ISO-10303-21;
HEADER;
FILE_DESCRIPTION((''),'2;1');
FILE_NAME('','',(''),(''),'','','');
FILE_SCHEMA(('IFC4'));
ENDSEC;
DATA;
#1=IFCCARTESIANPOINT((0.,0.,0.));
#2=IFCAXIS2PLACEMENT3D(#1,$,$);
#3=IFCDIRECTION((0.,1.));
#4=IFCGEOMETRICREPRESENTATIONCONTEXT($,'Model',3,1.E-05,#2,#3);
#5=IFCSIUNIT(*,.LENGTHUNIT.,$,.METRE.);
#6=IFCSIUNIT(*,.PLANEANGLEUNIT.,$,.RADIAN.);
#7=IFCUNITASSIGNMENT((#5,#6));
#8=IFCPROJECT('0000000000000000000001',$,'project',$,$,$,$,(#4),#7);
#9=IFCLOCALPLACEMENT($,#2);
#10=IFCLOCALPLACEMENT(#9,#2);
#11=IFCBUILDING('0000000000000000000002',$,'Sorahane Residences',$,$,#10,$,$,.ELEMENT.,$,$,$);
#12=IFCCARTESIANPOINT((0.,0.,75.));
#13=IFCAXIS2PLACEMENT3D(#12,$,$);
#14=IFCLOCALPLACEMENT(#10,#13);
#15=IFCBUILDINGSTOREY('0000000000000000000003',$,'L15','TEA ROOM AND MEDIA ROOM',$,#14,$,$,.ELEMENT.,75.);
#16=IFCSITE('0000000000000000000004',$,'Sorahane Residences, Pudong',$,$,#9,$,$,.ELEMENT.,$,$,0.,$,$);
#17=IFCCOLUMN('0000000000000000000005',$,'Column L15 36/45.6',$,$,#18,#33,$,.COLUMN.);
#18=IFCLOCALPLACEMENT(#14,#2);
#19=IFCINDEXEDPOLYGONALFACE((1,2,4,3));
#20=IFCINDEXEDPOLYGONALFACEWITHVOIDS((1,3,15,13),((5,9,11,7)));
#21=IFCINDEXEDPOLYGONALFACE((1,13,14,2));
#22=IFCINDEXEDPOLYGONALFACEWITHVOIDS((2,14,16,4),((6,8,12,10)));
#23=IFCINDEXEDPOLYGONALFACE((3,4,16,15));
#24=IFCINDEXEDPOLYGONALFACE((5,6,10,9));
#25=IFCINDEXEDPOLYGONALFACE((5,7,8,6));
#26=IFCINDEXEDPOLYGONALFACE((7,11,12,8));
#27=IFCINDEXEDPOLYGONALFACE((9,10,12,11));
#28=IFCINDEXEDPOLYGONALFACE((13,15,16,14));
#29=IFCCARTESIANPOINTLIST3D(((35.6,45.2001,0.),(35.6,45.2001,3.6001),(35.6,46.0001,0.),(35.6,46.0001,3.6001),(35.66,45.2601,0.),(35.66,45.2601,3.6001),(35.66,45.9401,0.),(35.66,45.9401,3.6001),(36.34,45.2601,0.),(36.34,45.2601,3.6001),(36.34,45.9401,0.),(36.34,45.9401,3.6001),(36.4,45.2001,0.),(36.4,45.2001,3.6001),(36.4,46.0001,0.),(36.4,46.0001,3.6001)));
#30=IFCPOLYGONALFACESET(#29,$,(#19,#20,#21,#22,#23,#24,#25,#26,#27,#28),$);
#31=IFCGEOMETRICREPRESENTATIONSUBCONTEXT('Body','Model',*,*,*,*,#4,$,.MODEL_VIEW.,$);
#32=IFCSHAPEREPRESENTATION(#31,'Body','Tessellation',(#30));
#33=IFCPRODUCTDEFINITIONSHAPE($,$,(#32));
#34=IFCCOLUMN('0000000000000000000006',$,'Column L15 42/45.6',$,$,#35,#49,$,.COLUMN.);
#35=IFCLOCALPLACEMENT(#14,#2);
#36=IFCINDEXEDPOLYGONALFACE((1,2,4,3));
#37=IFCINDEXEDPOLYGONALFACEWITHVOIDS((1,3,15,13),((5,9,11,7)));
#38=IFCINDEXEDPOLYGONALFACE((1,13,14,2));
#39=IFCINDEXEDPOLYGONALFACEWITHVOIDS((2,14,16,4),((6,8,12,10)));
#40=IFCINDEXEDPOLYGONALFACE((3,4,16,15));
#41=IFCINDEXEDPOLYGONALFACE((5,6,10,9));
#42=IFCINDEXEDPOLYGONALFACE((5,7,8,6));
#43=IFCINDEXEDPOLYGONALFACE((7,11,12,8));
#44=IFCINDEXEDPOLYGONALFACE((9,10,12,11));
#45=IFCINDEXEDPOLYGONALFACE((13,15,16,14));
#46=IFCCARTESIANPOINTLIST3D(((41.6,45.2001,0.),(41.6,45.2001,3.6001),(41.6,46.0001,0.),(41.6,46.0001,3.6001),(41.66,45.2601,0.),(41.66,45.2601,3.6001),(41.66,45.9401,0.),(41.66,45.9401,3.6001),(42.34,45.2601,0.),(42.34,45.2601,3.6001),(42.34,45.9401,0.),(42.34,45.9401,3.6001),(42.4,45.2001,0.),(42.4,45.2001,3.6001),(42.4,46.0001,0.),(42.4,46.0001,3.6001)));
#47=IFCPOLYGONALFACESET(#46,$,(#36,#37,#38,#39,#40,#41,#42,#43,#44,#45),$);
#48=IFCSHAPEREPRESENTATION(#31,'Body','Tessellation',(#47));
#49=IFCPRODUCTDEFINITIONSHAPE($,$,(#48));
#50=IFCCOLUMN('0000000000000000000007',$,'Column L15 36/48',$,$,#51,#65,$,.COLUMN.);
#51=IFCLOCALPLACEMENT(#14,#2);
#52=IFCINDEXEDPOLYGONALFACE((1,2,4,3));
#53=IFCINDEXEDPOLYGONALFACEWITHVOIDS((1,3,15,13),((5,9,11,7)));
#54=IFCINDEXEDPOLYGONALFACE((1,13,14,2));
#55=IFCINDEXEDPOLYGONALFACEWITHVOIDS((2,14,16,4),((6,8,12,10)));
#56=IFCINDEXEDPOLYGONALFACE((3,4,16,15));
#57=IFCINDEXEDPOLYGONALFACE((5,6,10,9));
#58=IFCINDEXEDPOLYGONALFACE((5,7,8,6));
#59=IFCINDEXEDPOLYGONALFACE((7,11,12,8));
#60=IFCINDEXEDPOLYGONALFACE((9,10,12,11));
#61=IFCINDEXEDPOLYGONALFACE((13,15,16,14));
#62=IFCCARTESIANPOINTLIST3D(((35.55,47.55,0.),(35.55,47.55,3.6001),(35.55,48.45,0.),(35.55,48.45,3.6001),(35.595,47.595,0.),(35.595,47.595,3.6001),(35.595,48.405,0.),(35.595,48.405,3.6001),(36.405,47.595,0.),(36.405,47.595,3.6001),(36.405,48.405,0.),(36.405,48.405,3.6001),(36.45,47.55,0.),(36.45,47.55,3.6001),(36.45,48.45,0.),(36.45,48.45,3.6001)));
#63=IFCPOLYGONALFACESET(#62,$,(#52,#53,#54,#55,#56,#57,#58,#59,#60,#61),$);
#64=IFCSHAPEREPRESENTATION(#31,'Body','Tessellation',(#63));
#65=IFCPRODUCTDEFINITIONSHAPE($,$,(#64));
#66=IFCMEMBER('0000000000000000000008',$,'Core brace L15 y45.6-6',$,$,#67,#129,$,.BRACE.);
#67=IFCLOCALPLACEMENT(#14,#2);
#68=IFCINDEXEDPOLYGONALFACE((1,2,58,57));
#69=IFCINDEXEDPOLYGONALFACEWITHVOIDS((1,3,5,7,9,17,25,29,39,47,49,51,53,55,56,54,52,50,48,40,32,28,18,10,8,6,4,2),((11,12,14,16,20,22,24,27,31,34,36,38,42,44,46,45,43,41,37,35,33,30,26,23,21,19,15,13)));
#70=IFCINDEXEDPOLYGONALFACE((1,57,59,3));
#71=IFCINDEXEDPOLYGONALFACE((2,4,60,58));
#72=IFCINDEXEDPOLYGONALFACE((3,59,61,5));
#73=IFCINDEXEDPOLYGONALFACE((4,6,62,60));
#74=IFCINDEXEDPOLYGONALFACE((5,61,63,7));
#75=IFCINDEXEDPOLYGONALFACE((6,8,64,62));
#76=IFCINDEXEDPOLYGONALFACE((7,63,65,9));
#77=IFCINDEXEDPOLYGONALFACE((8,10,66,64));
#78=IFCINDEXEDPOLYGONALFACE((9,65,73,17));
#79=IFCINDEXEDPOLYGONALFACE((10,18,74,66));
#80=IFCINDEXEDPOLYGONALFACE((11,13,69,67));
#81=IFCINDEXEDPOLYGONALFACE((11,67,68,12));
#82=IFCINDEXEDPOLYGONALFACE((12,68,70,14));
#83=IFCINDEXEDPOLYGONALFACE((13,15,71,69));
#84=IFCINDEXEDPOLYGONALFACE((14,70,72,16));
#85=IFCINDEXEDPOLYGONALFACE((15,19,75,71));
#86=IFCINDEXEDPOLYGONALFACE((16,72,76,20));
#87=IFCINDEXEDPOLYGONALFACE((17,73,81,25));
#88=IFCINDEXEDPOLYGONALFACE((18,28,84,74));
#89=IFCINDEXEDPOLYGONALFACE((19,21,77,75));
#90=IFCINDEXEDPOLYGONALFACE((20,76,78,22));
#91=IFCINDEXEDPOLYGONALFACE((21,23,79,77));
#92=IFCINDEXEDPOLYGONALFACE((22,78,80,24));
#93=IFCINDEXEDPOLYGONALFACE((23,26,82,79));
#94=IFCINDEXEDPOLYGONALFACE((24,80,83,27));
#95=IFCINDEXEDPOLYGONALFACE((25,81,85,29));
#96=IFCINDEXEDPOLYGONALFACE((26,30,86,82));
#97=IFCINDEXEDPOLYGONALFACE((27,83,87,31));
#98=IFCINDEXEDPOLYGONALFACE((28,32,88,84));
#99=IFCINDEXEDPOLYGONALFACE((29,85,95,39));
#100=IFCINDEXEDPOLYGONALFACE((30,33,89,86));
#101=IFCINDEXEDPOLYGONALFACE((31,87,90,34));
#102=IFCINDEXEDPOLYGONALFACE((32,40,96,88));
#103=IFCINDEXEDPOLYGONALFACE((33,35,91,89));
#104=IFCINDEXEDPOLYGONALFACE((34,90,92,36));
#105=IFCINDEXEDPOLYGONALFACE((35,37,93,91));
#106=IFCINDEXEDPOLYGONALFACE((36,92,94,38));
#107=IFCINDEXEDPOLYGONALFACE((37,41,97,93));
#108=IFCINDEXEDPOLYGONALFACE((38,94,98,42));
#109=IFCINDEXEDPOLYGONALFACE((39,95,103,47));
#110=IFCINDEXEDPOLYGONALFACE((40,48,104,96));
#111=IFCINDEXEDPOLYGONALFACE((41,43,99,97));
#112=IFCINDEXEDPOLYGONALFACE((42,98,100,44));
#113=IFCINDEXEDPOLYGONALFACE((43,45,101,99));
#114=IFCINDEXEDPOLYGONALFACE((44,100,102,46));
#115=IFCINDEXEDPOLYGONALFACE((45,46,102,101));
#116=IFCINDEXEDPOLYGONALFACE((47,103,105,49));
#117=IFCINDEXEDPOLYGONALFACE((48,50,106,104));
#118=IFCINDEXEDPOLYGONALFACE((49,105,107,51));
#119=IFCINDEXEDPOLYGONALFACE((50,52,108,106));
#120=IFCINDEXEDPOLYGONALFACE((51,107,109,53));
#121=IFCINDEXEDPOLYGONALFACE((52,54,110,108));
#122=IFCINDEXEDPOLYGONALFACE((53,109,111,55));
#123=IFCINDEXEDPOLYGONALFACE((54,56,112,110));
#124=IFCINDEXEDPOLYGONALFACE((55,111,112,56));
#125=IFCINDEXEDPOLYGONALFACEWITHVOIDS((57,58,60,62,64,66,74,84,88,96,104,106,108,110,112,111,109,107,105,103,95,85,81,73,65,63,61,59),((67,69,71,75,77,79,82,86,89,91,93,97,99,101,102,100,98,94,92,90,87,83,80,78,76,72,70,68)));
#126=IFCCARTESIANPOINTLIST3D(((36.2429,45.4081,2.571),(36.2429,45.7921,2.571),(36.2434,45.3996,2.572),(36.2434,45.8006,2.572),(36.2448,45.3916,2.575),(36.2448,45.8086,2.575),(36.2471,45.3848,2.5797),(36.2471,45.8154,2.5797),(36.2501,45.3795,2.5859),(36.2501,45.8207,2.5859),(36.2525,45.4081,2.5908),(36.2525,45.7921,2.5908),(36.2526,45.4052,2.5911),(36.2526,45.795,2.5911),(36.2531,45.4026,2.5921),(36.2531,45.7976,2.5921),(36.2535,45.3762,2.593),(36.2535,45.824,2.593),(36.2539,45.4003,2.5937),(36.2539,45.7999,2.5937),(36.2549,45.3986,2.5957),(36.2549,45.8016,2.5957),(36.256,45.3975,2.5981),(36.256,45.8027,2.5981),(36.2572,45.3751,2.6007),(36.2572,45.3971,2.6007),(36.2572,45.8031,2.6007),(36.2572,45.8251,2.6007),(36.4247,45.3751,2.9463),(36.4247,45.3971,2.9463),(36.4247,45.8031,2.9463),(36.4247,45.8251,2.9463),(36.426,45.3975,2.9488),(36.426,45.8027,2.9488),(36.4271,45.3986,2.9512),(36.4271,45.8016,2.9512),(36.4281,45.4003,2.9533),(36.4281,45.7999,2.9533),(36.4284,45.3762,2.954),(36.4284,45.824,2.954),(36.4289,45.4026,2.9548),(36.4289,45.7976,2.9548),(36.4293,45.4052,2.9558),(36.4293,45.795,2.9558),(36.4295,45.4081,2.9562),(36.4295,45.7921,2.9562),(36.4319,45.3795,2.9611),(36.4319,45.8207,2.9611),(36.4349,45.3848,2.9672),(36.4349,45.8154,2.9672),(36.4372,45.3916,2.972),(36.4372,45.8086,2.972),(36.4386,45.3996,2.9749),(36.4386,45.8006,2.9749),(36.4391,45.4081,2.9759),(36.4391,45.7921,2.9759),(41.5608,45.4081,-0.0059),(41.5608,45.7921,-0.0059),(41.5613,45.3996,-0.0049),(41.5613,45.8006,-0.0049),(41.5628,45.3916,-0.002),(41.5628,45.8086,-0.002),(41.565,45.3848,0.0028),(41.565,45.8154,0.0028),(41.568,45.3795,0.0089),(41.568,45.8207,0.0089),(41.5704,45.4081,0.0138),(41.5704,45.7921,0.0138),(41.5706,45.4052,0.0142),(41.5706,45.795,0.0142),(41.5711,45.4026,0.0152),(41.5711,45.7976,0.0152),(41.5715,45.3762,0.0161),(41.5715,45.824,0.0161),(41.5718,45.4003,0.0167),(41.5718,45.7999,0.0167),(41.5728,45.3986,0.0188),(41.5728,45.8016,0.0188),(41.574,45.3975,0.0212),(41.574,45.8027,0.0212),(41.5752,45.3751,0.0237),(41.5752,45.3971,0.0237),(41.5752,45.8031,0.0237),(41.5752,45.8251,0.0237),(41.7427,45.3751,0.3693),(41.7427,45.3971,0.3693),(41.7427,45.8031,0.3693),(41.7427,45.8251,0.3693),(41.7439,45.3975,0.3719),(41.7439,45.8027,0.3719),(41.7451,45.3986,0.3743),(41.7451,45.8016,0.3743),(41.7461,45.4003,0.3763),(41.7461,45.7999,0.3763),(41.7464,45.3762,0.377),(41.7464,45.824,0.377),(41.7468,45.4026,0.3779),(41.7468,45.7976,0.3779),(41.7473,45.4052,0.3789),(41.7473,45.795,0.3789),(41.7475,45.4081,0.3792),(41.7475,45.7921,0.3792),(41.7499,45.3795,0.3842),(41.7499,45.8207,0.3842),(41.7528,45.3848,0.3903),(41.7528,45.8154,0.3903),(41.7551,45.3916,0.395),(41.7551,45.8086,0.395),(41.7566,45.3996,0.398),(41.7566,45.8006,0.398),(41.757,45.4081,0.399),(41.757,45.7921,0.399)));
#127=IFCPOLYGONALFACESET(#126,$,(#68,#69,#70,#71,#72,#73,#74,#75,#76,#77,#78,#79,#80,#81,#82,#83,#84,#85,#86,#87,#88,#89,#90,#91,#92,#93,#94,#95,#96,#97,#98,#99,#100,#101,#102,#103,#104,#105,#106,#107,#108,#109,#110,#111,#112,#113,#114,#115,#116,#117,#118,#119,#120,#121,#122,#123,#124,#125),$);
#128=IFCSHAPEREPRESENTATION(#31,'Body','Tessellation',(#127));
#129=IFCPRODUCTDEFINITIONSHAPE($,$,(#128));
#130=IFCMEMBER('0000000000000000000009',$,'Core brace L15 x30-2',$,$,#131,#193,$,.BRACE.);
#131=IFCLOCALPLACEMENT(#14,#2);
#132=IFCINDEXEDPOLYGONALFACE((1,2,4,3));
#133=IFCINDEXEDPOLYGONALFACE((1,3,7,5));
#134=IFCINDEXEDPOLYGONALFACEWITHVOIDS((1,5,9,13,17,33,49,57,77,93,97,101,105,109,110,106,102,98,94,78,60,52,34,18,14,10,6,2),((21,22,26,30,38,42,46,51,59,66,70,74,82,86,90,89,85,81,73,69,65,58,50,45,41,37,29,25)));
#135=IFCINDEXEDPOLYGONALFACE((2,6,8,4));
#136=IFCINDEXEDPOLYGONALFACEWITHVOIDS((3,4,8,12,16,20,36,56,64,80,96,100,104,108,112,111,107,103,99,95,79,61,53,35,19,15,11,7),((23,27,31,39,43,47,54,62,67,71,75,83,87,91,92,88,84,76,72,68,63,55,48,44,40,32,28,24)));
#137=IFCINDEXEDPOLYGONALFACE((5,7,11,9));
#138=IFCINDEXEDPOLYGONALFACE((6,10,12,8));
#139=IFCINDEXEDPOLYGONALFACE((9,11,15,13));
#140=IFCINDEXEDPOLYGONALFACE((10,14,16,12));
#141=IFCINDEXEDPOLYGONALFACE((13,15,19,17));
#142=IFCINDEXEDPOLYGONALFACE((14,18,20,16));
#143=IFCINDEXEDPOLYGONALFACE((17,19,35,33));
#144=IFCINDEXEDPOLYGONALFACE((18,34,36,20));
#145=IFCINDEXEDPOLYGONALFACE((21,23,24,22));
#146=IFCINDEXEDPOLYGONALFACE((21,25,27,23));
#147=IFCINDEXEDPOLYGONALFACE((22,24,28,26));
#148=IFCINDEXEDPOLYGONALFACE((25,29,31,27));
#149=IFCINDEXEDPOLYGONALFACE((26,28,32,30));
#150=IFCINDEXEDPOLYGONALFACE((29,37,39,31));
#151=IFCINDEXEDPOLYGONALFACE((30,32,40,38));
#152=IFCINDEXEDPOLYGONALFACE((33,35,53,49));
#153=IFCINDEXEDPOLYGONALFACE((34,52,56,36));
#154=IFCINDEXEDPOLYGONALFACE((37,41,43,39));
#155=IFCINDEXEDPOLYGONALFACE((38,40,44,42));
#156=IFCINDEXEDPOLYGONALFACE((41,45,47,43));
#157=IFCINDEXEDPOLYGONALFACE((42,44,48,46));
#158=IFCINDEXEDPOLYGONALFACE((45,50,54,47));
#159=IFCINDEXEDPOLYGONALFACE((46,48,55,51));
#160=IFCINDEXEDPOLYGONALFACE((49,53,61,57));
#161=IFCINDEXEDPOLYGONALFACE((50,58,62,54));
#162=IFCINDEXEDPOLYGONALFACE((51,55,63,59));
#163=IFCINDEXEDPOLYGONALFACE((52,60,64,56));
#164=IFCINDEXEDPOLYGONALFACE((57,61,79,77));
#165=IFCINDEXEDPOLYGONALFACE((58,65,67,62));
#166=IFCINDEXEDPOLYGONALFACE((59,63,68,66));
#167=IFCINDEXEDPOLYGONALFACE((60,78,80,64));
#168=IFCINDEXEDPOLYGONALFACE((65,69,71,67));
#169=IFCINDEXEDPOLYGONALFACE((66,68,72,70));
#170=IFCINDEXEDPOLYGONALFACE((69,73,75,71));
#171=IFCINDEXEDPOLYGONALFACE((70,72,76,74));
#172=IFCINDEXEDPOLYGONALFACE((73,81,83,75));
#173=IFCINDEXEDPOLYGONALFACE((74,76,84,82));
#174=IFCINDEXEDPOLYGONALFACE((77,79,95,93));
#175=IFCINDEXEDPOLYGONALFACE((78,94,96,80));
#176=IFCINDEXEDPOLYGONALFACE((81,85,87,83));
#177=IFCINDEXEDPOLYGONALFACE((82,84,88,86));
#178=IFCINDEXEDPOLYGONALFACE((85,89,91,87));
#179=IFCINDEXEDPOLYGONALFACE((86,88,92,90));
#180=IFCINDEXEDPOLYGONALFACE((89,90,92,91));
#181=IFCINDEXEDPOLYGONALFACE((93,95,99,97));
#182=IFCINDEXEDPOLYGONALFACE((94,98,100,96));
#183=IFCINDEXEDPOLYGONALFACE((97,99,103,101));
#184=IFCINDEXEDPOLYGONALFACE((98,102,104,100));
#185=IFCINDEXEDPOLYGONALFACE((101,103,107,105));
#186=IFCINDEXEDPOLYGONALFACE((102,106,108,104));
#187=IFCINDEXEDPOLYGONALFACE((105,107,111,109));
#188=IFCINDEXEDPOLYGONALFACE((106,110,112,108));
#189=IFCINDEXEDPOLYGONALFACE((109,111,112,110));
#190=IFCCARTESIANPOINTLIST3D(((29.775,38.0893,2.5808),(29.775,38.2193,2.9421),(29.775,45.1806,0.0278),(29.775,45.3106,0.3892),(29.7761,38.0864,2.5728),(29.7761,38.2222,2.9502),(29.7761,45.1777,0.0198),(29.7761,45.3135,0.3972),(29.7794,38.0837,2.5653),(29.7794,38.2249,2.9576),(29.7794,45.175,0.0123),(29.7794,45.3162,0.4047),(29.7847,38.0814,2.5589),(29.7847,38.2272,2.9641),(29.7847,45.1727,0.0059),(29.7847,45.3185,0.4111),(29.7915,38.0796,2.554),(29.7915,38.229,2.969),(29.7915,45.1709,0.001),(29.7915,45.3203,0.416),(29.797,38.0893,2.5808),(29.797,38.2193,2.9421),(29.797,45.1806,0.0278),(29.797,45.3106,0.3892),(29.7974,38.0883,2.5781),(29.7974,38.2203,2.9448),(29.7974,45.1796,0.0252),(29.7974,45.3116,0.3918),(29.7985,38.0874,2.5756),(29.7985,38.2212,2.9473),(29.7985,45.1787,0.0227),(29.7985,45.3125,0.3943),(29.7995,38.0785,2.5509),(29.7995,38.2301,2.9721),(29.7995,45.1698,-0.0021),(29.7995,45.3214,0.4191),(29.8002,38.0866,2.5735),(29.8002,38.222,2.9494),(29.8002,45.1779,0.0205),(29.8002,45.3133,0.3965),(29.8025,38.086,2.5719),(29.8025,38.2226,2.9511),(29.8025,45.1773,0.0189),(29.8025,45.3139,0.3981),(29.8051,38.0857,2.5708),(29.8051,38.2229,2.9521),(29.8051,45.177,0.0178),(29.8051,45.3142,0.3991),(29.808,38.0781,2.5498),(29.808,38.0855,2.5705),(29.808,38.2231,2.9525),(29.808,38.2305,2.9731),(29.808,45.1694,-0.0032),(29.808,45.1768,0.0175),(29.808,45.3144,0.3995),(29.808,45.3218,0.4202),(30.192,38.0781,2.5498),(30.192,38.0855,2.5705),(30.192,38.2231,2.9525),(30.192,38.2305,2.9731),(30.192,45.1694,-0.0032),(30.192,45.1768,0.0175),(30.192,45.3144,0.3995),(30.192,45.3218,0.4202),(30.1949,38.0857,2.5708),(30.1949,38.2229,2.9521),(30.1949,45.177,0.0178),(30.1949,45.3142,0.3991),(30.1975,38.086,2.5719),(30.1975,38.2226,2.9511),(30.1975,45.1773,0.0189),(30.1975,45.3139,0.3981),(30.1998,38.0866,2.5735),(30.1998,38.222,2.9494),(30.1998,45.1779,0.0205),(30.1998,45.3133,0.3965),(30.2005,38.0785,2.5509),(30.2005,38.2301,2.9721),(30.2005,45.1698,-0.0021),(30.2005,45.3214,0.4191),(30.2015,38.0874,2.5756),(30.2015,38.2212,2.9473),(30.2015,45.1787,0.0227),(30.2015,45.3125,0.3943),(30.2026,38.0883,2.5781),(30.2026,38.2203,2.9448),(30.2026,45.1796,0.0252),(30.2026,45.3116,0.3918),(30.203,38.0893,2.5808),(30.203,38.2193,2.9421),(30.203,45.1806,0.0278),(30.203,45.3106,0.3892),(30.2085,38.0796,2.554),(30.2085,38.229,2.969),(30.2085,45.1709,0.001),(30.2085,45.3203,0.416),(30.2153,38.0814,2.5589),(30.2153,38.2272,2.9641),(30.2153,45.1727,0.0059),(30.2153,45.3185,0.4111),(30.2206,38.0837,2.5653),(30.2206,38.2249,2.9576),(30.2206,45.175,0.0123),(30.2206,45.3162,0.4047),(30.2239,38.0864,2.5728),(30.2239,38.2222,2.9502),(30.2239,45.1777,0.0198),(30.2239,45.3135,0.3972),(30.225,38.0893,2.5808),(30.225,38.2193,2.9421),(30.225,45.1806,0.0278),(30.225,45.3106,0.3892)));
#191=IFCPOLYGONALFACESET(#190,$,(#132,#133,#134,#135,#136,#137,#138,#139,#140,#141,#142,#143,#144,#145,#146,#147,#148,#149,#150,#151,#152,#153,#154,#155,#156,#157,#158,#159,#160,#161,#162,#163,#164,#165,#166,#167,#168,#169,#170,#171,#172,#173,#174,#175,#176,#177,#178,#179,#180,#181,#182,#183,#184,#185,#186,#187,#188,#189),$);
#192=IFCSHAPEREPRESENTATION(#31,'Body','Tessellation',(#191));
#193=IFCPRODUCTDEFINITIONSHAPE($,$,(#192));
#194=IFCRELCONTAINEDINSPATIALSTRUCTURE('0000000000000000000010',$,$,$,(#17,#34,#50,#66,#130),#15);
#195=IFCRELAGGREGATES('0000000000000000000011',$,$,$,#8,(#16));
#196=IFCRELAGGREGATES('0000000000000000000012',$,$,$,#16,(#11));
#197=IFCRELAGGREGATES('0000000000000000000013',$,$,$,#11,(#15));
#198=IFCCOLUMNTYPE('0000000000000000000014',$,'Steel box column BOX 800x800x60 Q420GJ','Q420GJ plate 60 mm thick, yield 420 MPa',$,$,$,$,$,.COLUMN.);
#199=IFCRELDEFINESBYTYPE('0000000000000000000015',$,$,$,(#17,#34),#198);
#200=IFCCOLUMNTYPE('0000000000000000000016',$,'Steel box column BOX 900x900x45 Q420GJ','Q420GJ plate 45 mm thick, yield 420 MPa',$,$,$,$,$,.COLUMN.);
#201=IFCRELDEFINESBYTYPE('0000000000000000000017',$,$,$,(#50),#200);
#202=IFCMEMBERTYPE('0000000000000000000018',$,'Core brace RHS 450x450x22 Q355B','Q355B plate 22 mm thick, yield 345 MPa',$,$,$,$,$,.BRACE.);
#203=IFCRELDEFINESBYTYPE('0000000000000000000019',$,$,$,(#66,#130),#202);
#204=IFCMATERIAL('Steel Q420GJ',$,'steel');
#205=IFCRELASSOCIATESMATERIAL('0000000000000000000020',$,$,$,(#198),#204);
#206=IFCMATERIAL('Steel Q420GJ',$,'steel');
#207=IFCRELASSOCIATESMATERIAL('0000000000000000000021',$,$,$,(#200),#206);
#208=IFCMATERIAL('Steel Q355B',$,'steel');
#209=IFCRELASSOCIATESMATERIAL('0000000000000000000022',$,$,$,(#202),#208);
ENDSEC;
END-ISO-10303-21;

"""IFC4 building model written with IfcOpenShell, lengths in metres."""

from ifc_helpers import new_model, si_unit, direction, frame, origin, origin_2d, place, context, subcontext, project, spatial, hollow_rectangle, extrude, material, material_profile, profile_set, type_object, element, save


model = new_model("IFC4")

# Units and contexts
model_context = context("Model", 3, precision=1e-05, world=origin(), true_north=direction((0.0, 1.0)))
body_context = subcontext(model_context, "Body", "Model", "MODEL_VIEW")
ifc_project = project(units=[si_unit("LENGTHUNIT", "METRE"), si_unit("PLANEANGLEUNIT", "RADIAN")], contexts=[model_context])

# Site, building, storey
site_placement = place(None, origin())
site = spatial("IfcSite", under=ifc_project, at=site_placement, Name="Sorahane Residences, Pudong", CompositionType="ELEMENT", RefElevation=0.0)
building_placement = place(site_placement, origin())
building = spatial("IfcBuilding", under=site, at=building_placement, Name="Sorahane Residences", CompositionType="ELEMENT")
storey_placement = place(building_placement, frame((0.0, 0.0, 75.0)))
storey = spatial("IfcBuildingStorey", under=building, at=storey_placement, Name="L15", Description="TEA ROOM AND MEDIA ROOM", CompositionType="ELEMENT", Elevation=75.0)

# Columns
ifc_material_1 = material(Name="Steel Q420GJ", Category="steel")
ifc_material_profile_1 = material_profile(ifc_material_1, hollow_rectangle(XDim=0.8, YDim=0.8, WallThickness=0.0601, at=origin_2d()), Name="BOX 800x800x60")
ifc_profile_set_1 = profile_set([ifc_material_profile_1], Name="Steel Q420GJ")
column_type_1 = type_object("IfcColumnType", Name="Steel box column BOX 800x800x60 Q420GJ", Description="Q420GJ plate 60 mm thick, yield 420 MPa", PredefinedType="COLUMN", material=ifc_profile_set_1)
for number, where, z_axis, x_axis, name in (
    (1, (36.0, 45.6001, 0.0), (0.0, 0.0, 1.0), (1.0, 0.0, 0.0), "Column L15 36/45.6"),
    (2, (42.0, 45.6001, 0.0), (0.0, 0.0, 1.0), (1.0, 0.0, 0.0), "Column L15 42/45.6"),
):
    element("IfcColumn", number, at=place(storey_placement, frame(where, z_axis=z_axis, x_axis=x_axis)), inside=storey, type_object=column_type_1, Name=name, PredefinedType="COLUMN", context=body_context, shape_type="SweptSolid", body=[
        extrude(hollow_rectangle(XDim=0.8, YDim=0.8, WallThickness=0.0601, at=origin_2d()), origin(), (0.0, 0.0, 1.0), 3.6001),
    ])
ifc_material_2 = material(Name="Steel Q420GJ", Category="steel")
ifc_material_profile_2 = material_profile(ifc_material_2, hollow_rectangle(XDim=0.8999, YDim=0.8999, WallThickness=0.0449, at=origin_2d()), Name="BOX 900x900x45")
ifc_profile_set_2 = profile_set([ifc_material_profile_2], Name="Steel Q420GJ")
column_type_2 = type_object("IfcColumnType", Name="Steel box column BOX 900x900x45 Q420GJ", Description="Q420GJ plate 45 mm thick, yield 420 MPa", PredefinedType="COLUMN", material=ifc_profile_set_2)
column_placement = place(storey_placement, frame((36.0, 48.0, 0.0), z_axis=(0.0, 0.0, 1.0), x_axis=(1.0, 0.0, 0.0)))
element("IfcColumn", 3, at=column_placement, inside=storey, type_object=column_type_2, Name="Column L15 36/48", PredefinedType="COLUMN", context=body_context, shape_type="SweptSolid", body=[
    extrude(hollow_rectangle(XDim=0.8999, YDim=0.8999, WallThickness=0.0449, at=origin_2d()), origin(), (0.0, 0.0, 1.0), 3.6001),
])

# Members
ifc_material_3 = material(Name="Steel Q355B", Category="steel")
ifc_material_profile_3 = material_profile(ifc_material_3, hollow_rectangle(XDim=0.45, YDim=0.45, WallThickness=0.022, InnerFilletRadius=0.011, OuterFilletRadius=0.033, at=origin_2d()), Name="RHS 450x450x22")
ifc_profile_set_3 = profile_set([ifc_material_profile_3], Name="Steel Q355B")
member_type_1 = type_object("IfcMemberType", Name="Core brace RHS 450x450x22 Q355B", Description="Q355B plate 22 mm thick, yield 345 MPa", PredefinedType="BRACE", material=ifc_profile_set_3)
member_1_placement = place(storey_placement, frame((41.6589, 45.6001, 0.1965), z_axis=(-0.899911, 0.0, 0.436074), x_axis=(0.0, -1.0, 0.0)))
element("IfcMember", 4, at=member_1_placement, inside=storey, type_object=member_type_1, Name="Core brace L15 y45.6-6", PredefinedType="BRACE", context=body_context, shape_type="SweptSolid", body=[
    extrude(hollow_rectangle(XDim=0.45, YDim=0.45, WallThickness=0.022, InnerFilletRadius=0.011, OuterFilletRadius=0.033, at=origin_2d()), origin(), (0.0, 0.0, 1.0), 5.9094),
])
member_2_placement = place(storey_placement, frame((30.0, 45.2456, 0.2085), z_axis=(0.0, -0.940883, 0.338732), x_axis=(1.0, 0.0, 0.0)))
element("IfcMember", 5, at=member_2_placement, inside=storey, type_object=member_type_1, Name="Core brace L15 x30-2", PredefinedType="BRACE", context=body_context, shape_type="SweptSolid", body=[
    extrude(hollow_rectangle(XDim=0.45, YDim=0.45, WallThickness=0.022, InnerFilletRadius=0.011, OuterFilletRadius=0.033, at=origin_2d()), origin(), (0.0, 0.0, 1.0), 7.5369),
])

save(model, "model.ifc")
